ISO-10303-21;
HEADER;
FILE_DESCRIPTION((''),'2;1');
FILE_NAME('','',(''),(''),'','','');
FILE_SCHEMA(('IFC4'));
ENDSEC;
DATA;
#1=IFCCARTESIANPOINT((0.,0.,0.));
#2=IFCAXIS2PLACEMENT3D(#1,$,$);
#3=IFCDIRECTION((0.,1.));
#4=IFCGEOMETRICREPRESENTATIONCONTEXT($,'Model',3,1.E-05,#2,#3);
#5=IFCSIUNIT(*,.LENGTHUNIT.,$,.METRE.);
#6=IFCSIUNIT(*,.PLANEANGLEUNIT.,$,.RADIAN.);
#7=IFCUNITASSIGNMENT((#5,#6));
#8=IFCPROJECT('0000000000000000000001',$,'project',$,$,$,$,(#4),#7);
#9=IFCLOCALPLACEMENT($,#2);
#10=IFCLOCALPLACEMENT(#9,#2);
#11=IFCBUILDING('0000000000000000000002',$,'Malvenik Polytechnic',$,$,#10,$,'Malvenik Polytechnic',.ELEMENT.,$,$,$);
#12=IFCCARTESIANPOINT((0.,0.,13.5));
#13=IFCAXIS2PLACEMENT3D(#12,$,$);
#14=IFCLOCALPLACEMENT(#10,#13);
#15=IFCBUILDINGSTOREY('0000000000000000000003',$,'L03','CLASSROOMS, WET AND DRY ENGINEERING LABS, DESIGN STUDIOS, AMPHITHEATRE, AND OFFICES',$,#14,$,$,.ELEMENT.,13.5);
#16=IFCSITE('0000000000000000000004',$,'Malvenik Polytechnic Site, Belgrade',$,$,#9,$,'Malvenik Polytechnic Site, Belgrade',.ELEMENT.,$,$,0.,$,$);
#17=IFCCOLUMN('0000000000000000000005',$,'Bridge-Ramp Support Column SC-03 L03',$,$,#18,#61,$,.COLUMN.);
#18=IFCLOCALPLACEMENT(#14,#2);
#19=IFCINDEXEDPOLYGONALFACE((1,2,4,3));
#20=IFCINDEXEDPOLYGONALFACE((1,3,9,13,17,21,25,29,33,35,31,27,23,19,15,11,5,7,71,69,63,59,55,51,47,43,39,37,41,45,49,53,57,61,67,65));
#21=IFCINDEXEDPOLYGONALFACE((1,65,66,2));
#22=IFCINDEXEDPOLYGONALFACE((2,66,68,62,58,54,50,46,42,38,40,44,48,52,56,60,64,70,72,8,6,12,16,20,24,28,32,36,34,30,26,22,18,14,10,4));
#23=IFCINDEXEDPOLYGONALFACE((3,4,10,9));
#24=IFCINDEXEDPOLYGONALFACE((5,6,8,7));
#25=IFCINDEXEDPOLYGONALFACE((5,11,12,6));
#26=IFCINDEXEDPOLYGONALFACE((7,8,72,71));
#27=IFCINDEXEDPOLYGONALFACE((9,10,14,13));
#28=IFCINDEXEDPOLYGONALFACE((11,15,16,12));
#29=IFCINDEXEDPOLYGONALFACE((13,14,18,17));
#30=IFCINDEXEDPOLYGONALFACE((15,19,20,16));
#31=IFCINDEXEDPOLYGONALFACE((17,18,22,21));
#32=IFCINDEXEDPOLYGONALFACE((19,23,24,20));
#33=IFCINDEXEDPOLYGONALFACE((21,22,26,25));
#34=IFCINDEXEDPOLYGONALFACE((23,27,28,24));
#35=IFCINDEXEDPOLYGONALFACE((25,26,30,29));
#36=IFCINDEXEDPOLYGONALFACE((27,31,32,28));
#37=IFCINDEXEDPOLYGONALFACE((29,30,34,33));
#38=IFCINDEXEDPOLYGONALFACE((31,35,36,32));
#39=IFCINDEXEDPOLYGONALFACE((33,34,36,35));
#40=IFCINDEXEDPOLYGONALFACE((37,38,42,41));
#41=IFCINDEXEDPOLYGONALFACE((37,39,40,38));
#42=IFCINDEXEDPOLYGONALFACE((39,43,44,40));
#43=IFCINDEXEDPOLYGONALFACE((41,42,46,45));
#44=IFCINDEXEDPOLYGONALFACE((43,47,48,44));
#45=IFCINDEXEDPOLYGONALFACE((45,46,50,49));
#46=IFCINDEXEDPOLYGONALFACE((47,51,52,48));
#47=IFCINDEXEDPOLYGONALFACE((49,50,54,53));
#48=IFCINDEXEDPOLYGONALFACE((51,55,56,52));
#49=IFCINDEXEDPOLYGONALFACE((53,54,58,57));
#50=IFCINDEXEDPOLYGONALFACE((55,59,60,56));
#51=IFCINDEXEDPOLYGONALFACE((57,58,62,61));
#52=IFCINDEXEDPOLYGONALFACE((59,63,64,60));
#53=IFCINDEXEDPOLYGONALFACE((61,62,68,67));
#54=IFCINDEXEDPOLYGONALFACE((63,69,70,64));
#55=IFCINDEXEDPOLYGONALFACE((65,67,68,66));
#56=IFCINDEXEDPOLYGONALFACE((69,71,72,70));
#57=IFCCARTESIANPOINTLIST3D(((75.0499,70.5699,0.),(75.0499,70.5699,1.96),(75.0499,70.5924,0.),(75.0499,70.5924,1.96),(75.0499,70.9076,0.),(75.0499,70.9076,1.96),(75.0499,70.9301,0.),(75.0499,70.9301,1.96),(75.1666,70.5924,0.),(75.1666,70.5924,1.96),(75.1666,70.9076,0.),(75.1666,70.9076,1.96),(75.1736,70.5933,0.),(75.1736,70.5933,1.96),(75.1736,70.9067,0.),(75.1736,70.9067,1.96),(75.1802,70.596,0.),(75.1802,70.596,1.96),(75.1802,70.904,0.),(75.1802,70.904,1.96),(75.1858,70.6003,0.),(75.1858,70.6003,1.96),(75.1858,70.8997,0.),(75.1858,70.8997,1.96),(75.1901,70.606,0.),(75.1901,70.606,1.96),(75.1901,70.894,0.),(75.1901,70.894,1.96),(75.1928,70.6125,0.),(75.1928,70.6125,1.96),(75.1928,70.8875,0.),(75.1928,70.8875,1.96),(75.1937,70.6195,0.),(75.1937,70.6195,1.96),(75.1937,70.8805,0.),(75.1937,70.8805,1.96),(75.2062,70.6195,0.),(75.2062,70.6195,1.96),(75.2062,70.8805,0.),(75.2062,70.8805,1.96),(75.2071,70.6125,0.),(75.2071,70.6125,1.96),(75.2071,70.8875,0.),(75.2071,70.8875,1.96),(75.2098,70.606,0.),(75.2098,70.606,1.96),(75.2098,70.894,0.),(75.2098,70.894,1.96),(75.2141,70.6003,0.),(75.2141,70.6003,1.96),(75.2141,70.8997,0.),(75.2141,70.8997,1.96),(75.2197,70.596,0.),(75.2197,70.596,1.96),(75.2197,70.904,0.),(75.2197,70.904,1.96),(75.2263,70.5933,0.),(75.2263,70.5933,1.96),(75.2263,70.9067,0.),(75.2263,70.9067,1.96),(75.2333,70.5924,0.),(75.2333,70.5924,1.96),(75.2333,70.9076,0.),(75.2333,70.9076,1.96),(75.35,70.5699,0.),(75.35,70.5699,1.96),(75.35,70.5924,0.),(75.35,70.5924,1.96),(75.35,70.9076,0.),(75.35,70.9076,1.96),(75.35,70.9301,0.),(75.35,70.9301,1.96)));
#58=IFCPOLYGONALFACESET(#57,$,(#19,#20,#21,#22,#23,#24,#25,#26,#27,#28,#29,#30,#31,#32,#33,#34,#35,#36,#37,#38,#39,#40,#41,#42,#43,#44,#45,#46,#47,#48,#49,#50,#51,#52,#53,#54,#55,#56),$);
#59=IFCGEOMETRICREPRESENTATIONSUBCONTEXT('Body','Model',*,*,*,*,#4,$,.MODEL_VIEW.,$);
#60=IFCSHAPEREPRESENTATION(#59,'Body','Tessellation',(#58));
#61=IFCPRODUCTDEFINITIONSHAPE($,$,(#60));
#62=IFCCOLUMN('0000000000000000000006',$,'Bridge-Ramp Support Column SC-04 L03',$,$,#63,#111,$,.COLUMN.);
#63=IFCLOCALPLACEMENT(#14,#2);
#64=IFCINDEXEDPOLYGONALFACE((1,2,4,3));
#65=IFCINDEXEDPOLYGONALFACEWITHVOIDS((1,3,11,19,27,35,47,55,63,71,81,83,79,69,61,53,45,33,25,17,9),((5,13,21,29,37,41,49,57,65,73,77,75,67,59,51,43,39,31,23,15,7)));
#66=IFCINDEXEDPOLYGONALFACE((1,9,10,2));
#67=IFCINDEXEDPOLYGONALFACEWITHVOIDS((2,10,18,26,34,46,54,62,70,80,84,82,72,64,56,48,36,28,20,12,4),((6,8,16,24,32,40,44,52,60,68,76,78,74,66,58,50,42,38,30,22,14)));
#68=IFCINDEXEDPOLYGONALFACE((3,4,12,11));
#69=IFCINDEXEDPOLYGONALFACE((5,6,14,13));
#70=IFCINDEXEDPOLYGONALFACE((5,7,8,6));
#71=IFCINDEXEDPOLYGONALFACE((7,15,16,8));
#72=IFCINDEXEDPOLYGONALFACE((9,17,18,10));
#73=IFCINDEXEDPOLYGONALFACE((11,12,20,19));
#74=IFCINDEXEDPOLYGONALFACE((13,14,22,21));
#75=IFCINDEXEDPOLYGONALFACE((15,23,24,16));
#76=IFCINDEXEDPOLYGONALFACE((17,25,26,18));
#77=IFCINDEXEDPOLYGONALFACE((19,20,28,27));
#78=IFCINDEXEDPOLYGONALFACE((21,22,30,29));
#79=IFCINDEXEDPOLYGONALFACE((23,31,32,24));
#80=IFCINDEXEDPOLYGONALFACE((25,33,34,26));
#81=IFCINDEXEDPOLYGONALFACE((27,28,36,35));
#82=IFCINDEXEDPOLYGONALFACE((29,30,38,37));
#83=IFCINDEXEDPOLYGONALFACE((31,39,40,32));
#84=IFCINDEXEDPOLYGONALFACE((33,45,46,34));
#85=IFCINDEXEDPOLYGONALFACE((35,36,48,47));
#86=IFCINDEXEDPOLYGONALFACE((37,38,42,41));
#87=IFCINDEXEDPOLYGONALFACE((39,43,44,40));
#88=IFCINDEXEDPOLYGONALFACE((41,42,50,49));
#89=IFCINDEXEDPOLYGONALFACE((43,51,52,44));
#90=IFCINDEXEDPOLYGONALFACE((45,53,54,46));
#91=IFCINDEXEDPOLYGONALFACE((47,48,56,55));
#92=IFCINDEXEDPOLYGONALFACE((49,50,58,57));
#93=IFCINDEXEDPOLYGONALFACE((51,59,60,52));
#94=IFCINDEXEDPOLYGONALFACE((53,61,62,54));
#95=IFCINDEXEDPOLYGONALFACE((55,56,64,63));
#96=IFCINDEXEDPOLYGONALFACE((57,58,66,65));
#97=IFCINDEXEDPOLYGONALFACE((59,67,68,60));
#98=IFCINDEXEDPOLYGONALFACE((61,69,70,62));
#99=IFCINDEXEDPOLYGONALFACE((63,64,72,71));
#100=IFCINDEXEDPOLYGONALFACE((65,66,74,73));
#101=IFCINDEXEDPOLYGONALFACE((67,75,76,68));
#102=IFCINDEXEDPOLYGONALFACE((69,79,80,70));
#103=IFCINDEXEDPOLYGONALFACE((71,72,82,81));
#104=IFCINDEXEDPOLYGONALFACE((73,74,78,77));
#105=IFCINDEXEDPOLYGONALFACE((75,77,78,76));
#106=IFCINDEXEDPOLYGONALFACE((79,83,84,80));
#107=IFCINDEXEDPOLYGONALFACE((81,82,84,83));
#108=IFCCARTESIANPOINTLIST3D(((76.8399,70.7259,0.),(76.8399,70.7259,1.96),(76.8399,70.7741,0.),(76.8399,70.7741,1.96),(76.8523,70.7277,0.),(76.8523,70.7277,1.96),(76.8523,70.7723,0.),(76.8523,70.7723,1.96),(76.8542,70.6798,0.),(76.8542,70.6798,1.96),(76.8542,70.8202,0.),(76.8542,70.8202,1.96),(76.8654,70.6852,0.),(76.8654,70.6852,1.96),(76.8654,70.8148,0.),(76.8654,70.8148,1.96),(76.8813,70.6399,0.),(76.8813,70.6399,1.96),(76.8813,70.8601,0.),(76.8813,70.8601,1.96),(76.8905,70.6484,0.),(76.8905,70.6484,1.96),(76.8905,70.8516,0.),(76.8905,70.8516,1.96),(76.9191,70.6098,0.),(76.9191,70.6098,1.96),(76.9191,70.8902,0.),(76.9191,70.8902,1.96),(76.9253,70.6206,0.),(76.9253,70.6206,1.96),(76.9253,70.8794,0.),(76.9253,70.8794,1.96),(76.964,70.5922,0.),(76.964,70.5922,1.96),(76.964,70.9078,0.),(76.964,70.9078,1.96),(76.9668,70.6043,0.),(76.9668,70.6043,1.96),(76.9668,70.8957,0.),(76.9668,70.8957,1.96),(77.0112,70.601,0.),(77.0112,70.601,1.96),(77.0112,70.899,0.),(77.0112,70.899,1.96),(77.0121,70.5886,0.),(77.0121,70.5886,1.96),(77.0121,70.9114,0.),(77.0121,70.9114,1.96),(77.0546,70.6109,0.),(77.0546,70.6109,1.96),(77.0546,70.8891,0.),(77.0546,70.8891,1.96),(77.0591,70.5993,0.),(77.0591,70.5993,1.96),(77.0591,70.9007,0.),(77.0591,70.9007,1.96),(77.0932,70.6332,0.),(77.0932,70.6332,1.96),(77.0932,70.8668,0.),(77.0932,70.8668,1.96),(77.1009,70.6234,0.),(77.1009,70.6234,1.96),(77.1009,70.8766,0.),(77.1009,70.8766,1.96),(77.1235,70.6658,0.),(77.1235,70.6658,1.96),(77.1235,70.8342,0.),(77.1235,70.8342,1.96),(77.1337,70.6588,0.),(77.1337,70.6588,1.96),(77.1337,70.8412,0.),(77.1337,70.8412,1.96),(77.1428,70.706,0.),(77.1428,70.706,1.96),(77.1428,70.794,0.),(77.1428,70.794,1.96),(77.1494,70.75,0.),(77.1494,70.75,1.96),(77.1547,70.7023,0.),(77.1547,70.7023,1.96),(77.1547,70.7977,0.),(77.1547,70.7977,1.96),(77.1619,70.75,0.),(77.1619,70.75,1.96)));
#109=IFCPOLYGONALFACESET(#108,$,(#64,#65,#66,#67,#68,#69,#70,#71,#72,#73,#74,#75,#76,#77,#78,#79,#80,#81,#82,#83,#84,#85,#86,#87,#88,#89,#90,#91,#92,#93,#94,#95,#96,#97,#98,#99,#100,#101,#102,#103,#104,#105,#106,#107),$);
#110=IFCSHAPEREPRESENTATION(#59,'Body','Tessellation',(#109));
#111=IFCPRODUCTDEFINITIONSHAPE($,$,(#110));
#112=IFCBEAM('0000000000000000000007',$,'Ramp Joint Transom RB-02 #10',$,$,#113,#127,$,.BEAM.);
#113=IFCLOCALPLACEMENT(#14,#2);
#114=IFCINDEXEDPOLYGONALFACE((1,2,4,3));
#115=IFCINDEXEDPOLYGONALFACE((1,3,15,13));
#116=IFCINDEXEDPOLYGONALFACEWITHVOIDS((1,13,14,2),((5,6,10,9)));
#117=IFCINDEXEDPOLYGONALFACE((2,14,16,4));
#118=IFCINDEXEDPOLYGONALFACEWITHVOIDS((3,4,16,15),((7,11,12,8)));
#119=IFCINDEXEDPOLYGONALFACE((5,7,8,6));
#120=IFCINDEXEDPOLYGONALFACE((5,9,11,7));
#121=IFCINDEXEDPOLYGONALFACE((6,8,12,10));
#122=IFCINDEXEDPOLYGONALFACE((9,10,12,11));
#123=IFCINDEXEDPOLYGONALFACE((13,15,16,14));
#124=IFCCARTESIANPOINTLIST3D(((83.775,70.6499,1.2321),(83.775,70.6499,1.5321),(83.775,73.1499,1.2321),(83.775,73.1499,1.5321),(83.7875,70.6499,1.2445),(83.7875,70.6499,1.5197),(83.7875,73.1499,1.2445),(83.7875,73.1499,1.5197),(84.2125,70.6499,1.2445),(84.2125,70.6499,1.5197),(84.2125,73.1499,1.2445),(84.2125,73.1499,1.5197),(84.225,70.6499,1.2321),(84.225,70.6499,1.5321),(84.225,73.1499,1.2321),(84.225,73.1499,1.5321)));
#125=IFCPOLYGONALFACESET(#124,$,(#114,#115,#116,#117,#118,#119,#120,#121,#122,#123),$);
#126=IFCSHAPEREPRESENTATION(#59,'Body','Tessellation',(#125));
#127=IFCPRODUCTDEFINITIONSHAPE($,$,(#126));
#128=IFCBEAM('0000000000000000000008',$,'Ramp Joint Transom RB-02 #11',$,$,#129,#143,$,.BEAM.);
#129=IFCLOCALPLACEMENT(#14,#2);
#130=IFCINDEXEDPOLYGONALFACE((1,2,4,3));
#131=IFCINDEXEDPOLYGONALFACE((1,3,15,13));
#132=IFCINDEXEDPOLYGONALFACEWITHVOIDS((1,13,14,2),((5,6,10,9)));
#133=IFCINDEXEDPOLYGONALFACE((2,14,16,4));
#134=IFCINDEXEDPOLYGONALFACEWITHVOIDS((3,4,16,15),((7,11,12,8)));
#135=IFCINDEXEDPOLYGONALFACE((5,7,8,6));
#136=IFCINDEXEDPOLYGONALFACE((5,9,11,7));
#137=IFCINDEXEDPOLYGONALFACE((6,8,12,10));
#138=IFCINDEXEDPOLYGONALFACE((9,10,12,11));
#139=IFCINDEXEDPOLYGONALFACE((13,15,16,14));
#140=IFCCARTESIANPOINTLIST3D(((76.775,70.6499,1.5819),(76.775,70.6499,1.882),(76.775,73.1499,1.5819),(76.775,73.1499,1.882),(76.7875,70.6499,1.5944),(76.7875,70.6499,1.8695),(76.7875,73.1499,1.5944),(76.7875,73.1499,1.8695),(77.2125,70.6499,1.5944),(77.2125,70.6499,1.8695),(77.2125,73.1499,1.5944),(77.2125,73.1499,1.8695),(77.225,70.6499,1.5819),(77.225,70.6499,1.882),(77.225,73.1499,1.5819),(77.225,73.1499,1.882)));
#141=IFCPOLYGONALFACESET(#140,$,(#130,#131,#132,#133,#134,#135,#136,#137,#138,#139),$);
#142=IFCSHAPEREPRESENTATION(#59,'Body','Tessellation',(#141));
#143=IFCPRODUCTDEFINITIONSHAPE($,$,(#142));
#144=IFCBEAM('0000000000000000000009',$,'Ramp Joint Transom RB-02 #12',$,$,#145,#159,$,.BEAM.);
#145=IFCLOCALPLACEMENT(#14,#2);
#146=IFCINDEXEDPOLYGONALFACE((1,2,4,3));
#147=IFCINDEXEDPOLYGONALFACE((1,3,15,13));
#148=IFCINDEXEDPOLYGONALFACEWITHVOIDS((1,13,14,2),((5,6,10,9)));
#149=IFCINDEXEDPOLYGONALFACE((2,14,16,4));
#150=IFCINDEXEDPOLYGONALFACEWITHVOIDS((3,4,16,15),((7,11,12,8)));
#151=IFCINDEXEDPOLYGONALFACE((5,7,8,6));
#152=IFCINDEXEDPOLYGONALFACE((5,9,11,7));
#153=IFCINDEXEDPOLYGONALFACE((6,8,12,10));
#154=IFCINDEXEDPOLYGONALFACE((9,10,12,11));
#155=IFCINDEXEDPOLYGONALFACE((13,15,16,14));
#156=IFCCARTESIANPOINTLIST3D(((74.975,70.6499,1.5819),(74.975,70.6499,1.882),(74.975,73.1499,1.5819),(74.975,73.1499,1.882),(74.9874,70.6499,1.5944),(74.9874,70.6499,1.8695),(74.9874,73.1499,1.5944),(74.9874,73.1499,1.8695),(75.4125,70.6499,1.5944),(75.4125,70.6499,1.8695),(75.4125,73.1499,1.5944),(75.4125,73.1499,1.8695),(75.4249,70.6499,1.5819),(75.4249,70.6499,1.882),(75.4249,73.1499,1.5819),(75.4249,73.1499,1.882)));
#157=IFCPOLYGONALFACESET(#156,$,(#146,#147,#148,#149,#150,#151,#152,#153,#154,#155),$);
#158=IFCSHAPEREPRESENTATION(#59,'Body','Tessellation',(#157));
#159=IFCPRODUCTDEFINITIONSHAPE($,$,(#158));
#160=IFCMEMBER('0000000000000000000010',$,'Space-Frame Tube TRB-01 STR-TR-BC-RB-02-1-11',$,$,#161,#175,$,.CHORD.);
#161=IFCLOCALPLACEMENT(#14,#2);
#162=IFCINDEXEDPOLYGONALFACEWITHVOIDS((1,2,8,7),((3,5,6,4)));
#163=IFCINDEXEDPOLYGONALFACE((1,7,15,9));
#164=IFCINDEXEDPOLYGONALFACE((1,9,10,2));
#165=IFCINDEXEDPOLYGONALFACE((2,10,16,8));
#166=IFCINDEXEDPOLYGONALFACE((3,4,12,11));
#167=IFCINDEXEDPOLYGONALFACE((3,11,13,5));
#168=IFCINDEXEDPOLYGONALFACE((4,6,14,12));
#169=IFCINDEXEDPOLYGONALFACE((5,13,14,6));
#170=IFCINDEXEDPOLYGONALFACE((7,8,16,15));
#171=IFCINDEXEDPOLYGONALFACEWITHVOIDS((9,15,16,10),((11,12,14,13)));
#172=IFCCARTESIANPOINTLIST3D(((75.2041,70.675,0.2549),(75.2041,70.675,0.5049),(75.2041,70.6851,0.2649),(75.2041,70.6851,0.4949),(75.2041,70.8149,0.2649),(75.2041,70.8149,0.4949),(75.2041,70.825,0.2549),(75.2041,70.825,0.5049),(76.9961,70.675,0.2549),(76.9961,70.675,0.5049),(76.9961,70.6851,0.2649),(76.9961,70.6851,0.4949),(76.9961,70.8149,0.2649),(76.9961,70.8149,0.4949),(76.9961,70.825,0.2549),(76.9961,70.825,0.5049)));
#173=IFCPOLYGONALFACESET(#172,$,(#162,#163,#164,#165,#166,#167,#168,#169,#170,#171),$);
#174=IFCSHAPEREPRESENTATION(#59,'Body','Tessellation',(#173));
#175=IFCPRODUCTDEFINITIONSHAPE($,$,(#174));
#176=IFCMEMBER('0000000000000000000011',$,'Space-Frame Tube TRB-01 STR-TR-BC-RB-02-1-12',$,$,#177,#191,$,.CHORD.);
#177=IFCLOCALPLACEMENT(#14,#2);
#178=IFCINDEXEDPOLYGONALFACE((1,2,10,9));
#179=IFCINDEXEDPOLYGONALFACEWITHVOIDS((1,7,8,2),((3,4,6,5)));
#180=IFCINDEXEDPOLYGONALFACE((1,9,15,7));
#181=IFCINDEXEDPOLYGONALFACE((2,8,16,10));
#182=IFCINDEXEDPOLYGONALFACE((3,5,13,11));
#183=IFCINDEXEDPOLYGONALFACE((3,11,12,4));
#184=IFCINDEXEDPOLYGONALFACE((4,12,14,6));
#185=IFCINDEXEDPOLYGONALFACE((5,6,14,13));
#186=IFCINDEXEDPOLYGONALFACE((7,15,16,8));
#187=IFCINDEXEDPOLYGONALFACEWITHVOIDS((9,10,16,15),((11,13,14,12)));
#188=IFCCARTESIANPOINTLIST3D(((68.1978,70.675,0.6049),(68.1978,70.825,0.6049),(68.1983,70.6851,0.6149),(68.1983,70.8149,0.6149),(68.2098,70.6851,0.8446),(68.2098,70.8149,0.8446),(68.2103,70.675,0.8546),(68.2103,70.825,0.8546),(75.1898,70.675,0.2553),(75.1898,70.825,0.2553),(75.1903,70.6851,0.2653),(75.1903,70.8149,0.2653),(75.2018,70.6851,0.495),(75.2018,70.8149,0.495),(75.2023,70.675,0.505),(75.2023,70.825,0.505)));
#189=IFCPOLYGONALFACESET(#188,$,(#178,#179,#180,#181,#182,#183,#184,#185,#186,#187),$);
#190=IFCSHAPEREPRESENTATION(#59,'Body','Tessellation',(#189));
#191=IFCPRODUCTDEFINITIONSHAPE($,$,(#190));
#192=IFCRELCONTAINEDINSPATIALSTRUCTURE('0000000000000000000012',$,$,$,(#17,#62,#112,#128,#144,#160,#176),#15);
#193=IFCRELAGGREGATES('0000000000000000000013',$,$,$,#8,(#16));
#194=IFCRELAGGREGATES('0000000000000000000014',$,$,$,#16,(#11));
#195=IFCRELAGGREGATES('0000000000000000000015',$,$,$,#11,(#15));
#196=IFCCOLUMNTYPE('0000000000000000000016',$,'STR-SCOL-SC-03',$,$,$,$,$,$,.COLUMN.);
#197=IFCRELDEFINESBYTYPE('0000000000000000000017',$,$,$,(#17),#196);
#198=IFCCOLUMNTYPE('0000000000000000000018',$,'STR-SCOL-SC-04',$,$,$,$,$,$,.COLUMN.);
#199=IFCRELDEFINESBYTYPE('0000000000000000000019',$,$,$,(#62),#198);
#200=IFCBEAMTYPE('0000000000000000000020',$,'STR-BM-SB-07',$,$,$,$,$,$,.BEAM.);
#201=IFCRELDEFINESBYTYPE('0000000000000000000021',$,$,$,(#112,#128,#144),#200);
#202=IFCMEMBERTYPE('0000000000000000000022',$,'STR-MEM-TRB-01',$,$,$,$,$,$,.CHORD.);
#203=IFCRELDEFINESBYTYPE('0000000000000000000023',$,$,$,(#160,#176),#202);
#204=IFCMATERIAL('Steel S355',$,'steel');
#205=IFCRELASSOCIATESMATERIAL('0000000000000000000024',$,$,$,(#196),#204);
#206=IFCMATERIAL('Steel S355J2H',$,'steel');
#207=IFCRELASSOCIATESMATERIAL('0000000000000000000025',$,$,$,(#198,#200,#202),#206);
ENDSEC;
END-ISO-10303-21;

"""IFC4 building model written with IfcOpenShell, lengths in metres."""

from ifc_helpers import new_model, si_unit, direction, frame, origin, origin_2d, place, context, subcontext, project, spatial, hollow_rectangle, hollow_circle, i_section, extrude, material, material_profile, profile_set, type_object, element, save


model = new_model("IFC4")

# Units and contexts
model_context = context("Model", 3, precision=1e-05, world=origin(), true_north=direction((0.0, 1.0)))
body_context = subcontext(model_context, "Body", "Model", "MODEL_VIEW")
ifc_project = project(units=[si_unit("LENGTHUNIT", "METRE"), si_unit("PLANEANGLEUNIT", "RADIAN")], contexts=[model_context])

# Site, building, storey
site_placement = place(None, origin())
site = spatial("IfcSite", under=ifc_project, at=site_placement, Name="Malvenik Polytechnic Site, Belgrade", LongName="Malvenik Polytechnic Site, Belgrade", CompositionType="ELEMENT", RefElevation=0.0)
building_placement = place(site_placement, origin())
building = spatial("IfcBuilding", under=site, at=building_placement, Name="Malvenik Polytechnic", LongName="Malvenik Polytechnic", CompositionType="ELEMENT")
storey_placement = place(building_placement, frame((0.0, 0.0, 13.5)))
storey = spatial("IfcBuildingStorey", under=building, at=storey_placement, Name="L03", Description="CLASSROOMS, WET AND DRY ENGINEERING LABS, DESIGN STUDIOS, AMPHITHEATRE, AND OFFICES", CompositionType="ELEMENT", Elevation=13.5)

# Columns
ifc_material_1 = material(Name="Steel S355", Category="steel")
ifc_material_profile_1 = material_profile(ifc_material_1, i_section(OverallWidth=0.3, OverallDepth=0.3601, WebThickness=0.0125, FlangeThickness=0.0225, FilletRadius=0.0271, at=origin_2d()), Name="HEB 360")
ifc_profile_set_1 = profile_set([ifc_material_profile_1], Name="Steel S355")
column_type_1 = type_object("IfcColumnType", Name="STR-SCOL-SC-03", PredefinedType="COLUMN", material=ifc_profile_set_1)
column_1_placement = place(storey_placement, frame((75.2, 70.75, 0.0), z_axis=(0.0, 0.0, 1.0), x_axis=(1.0, 0.0, 0.0)))
element("IfcColumn", 1, at=column_1_placement, inside=storey, type_object=column_type_1, Name="Bridge-Ramp Support Column SC-03 L03", PredefinedType="COLUMN", context=body_context, shape_type="SweptSolid", body=[
    extrude(i_section(OverallWidth=0.3, OverallDepth=0.3601, WebThickness=0.0125, FlangeThickness=0.0225, FilletRadius=0.0271, at=origin_2d()), origin(), (0.0, 0.0, 1.0), 1.96),
])
ifc_material_2 = material(Name="Steel S355J2H", Category="steel")
ifc_material_profile_2 = material_profile(ifc_material_2, hollow_circle(Radius=0.1619, WallThickness=0.0125, at=origin_2d()), Name="CHS 323.9x12.5")
ifc_profile_set_2 = profile_set([ifc_material_profile_2], Name="Steel S355J2H")
column_type_2 = type_object("IfcColumnType", Name="STR-SCOL-SC-04", PredefinedType="COLUMN", material=ifc_profile_set_2)
column_2_placement = place(storey_placement, frame((77.0, 70.75, 0.0), z_axis=(0.0, 0.0, 1.0), x_axis=(1.0, 0.0, 0.0)))
element("IfcColumn", 2, at=column_2_placement, inside=storey, type_object=column_type_2, Name="Bridge-Ramp Support Column SC-04 L03", PredefinedType="COLUMN", context=body_context, shape_type="SweptSolid", body=[
    extrude(hollow_circle(Radius=0.1619, WallThickness=0.0125, at=origin_2d()), origin(), (0.0, 0.0, 1.0), 1.96),
])

# Beams
ifc_material_profile_3 = material_profile(ifc_material_2, hollow_rectangle(XDim=0.45, YDim=0.3, WallThickness=0.0125, at=origin_2d()), Name="RHS 450x300x12.5")
ifc_profile_set_3 = profile_set([ifc_material_profile_3], Name="Steel S355J2H")
beam_type = type_object("IfcBeamType", Name="STR-BM-SB-07", PredefinedType="BEAM", material=ifc_profile_set_3)
for number, where, z_axis, x_axis, name in (
    (3, (84.0, 70.6499, 1.3821), (0.0, 1.0, 0.0), (-1.0, 0.0, 0.0), "Ramp Joint Transom RB-02 #10"),
    (4, (77.0, 70.6499, 1.7319), (0.0, 1.0, 0.0), (-1.0, 0.0, 0.0), "Ramp Joint Transom RB-02 #11"),
    (5, (75.2, 70.6499, 1.7319), (0.0, 1.0, 0.0), (-1.0, 0.0, 0.0), "Ramp Joint Transom RB-02 #12"),
):
    element("IfcBeam", number, at=place(storey_placement, frame(where, z_axis=z_axis, x_axis=x_axis)), inside=storey, type_object=beam_type, Name=name, PredefinedType="BEAM", context=body_context, shape_type="SweptSolid", body=[
        extrude(hollow_rectangle(XDim=0.45, YDim=0.3, WallThickness=0.0125, at=origin_2d()), origin(), (0.0, 0.0, 1.0), 2.5),
    ])

# Members
ifc_material_profile_4 = material_profile(ifc_material_2, hollow_rectangle(XDim=0.1499, YDim=0.25, WallThickness=0.01, at=origin_2d()), Name="RHS 250x150x10.0")
ifc_profile_set_4 = profile_set([ifc_material_profile_4], Name="Steel S355J2H")
member_type_1 = type_object("IfcMemberType", Name="STR-MEM-TRB-01", PredefinedType="CHORD", material=ifc_profile_set_4)
member_1_placement = place(storey_placement, frame((76.9961, 70.75, 0.3799), z_axis=(-1.0, 0.0, 0.0), x_axis=(0.0, -1.0, 0.0)))
element("IfcMember", 6, at=member_1_placement, inside=storey, type_object=member_type_1, Name="Space-Frame Tube TRB-01 STR-TR-BC-RB-02-1-11", PredefinedType="CHORD", context=body_context, shape_type="SweptSolid", body=[
    extrude(hollow_rectangle(XDim=0.1499, YDim=0.25, WallThickness=0.01, at=origin_2d()), origin(), (0.0, 0.0, 1.0), 1.792),
])
member_2_placement = place(storey_placement, frame((75.196, 70.75, 0.3801), z_axis=(-0.998752, 0.0, 0.049939), x_axis=(0.0, -1.0, 0.0)))
element("IfcMember", 7, at=member_2_placement, inside=storey, type_object=member_type_1, Name="Space-Frame Tube TRB-01 STR-TR-BC-RB-02-1-12", PredefinedType="CHORD", context=body_context, shape_type="SweptSolid", body=[
    extrude(hollow_rectangle(XDim=0.1499, YDim=0.25, WallThickness=0.01, at=origin_2d()), origin(), (0.0, 0.0, 1.0), 7.0007),
])

save(model, "model.ifc")
